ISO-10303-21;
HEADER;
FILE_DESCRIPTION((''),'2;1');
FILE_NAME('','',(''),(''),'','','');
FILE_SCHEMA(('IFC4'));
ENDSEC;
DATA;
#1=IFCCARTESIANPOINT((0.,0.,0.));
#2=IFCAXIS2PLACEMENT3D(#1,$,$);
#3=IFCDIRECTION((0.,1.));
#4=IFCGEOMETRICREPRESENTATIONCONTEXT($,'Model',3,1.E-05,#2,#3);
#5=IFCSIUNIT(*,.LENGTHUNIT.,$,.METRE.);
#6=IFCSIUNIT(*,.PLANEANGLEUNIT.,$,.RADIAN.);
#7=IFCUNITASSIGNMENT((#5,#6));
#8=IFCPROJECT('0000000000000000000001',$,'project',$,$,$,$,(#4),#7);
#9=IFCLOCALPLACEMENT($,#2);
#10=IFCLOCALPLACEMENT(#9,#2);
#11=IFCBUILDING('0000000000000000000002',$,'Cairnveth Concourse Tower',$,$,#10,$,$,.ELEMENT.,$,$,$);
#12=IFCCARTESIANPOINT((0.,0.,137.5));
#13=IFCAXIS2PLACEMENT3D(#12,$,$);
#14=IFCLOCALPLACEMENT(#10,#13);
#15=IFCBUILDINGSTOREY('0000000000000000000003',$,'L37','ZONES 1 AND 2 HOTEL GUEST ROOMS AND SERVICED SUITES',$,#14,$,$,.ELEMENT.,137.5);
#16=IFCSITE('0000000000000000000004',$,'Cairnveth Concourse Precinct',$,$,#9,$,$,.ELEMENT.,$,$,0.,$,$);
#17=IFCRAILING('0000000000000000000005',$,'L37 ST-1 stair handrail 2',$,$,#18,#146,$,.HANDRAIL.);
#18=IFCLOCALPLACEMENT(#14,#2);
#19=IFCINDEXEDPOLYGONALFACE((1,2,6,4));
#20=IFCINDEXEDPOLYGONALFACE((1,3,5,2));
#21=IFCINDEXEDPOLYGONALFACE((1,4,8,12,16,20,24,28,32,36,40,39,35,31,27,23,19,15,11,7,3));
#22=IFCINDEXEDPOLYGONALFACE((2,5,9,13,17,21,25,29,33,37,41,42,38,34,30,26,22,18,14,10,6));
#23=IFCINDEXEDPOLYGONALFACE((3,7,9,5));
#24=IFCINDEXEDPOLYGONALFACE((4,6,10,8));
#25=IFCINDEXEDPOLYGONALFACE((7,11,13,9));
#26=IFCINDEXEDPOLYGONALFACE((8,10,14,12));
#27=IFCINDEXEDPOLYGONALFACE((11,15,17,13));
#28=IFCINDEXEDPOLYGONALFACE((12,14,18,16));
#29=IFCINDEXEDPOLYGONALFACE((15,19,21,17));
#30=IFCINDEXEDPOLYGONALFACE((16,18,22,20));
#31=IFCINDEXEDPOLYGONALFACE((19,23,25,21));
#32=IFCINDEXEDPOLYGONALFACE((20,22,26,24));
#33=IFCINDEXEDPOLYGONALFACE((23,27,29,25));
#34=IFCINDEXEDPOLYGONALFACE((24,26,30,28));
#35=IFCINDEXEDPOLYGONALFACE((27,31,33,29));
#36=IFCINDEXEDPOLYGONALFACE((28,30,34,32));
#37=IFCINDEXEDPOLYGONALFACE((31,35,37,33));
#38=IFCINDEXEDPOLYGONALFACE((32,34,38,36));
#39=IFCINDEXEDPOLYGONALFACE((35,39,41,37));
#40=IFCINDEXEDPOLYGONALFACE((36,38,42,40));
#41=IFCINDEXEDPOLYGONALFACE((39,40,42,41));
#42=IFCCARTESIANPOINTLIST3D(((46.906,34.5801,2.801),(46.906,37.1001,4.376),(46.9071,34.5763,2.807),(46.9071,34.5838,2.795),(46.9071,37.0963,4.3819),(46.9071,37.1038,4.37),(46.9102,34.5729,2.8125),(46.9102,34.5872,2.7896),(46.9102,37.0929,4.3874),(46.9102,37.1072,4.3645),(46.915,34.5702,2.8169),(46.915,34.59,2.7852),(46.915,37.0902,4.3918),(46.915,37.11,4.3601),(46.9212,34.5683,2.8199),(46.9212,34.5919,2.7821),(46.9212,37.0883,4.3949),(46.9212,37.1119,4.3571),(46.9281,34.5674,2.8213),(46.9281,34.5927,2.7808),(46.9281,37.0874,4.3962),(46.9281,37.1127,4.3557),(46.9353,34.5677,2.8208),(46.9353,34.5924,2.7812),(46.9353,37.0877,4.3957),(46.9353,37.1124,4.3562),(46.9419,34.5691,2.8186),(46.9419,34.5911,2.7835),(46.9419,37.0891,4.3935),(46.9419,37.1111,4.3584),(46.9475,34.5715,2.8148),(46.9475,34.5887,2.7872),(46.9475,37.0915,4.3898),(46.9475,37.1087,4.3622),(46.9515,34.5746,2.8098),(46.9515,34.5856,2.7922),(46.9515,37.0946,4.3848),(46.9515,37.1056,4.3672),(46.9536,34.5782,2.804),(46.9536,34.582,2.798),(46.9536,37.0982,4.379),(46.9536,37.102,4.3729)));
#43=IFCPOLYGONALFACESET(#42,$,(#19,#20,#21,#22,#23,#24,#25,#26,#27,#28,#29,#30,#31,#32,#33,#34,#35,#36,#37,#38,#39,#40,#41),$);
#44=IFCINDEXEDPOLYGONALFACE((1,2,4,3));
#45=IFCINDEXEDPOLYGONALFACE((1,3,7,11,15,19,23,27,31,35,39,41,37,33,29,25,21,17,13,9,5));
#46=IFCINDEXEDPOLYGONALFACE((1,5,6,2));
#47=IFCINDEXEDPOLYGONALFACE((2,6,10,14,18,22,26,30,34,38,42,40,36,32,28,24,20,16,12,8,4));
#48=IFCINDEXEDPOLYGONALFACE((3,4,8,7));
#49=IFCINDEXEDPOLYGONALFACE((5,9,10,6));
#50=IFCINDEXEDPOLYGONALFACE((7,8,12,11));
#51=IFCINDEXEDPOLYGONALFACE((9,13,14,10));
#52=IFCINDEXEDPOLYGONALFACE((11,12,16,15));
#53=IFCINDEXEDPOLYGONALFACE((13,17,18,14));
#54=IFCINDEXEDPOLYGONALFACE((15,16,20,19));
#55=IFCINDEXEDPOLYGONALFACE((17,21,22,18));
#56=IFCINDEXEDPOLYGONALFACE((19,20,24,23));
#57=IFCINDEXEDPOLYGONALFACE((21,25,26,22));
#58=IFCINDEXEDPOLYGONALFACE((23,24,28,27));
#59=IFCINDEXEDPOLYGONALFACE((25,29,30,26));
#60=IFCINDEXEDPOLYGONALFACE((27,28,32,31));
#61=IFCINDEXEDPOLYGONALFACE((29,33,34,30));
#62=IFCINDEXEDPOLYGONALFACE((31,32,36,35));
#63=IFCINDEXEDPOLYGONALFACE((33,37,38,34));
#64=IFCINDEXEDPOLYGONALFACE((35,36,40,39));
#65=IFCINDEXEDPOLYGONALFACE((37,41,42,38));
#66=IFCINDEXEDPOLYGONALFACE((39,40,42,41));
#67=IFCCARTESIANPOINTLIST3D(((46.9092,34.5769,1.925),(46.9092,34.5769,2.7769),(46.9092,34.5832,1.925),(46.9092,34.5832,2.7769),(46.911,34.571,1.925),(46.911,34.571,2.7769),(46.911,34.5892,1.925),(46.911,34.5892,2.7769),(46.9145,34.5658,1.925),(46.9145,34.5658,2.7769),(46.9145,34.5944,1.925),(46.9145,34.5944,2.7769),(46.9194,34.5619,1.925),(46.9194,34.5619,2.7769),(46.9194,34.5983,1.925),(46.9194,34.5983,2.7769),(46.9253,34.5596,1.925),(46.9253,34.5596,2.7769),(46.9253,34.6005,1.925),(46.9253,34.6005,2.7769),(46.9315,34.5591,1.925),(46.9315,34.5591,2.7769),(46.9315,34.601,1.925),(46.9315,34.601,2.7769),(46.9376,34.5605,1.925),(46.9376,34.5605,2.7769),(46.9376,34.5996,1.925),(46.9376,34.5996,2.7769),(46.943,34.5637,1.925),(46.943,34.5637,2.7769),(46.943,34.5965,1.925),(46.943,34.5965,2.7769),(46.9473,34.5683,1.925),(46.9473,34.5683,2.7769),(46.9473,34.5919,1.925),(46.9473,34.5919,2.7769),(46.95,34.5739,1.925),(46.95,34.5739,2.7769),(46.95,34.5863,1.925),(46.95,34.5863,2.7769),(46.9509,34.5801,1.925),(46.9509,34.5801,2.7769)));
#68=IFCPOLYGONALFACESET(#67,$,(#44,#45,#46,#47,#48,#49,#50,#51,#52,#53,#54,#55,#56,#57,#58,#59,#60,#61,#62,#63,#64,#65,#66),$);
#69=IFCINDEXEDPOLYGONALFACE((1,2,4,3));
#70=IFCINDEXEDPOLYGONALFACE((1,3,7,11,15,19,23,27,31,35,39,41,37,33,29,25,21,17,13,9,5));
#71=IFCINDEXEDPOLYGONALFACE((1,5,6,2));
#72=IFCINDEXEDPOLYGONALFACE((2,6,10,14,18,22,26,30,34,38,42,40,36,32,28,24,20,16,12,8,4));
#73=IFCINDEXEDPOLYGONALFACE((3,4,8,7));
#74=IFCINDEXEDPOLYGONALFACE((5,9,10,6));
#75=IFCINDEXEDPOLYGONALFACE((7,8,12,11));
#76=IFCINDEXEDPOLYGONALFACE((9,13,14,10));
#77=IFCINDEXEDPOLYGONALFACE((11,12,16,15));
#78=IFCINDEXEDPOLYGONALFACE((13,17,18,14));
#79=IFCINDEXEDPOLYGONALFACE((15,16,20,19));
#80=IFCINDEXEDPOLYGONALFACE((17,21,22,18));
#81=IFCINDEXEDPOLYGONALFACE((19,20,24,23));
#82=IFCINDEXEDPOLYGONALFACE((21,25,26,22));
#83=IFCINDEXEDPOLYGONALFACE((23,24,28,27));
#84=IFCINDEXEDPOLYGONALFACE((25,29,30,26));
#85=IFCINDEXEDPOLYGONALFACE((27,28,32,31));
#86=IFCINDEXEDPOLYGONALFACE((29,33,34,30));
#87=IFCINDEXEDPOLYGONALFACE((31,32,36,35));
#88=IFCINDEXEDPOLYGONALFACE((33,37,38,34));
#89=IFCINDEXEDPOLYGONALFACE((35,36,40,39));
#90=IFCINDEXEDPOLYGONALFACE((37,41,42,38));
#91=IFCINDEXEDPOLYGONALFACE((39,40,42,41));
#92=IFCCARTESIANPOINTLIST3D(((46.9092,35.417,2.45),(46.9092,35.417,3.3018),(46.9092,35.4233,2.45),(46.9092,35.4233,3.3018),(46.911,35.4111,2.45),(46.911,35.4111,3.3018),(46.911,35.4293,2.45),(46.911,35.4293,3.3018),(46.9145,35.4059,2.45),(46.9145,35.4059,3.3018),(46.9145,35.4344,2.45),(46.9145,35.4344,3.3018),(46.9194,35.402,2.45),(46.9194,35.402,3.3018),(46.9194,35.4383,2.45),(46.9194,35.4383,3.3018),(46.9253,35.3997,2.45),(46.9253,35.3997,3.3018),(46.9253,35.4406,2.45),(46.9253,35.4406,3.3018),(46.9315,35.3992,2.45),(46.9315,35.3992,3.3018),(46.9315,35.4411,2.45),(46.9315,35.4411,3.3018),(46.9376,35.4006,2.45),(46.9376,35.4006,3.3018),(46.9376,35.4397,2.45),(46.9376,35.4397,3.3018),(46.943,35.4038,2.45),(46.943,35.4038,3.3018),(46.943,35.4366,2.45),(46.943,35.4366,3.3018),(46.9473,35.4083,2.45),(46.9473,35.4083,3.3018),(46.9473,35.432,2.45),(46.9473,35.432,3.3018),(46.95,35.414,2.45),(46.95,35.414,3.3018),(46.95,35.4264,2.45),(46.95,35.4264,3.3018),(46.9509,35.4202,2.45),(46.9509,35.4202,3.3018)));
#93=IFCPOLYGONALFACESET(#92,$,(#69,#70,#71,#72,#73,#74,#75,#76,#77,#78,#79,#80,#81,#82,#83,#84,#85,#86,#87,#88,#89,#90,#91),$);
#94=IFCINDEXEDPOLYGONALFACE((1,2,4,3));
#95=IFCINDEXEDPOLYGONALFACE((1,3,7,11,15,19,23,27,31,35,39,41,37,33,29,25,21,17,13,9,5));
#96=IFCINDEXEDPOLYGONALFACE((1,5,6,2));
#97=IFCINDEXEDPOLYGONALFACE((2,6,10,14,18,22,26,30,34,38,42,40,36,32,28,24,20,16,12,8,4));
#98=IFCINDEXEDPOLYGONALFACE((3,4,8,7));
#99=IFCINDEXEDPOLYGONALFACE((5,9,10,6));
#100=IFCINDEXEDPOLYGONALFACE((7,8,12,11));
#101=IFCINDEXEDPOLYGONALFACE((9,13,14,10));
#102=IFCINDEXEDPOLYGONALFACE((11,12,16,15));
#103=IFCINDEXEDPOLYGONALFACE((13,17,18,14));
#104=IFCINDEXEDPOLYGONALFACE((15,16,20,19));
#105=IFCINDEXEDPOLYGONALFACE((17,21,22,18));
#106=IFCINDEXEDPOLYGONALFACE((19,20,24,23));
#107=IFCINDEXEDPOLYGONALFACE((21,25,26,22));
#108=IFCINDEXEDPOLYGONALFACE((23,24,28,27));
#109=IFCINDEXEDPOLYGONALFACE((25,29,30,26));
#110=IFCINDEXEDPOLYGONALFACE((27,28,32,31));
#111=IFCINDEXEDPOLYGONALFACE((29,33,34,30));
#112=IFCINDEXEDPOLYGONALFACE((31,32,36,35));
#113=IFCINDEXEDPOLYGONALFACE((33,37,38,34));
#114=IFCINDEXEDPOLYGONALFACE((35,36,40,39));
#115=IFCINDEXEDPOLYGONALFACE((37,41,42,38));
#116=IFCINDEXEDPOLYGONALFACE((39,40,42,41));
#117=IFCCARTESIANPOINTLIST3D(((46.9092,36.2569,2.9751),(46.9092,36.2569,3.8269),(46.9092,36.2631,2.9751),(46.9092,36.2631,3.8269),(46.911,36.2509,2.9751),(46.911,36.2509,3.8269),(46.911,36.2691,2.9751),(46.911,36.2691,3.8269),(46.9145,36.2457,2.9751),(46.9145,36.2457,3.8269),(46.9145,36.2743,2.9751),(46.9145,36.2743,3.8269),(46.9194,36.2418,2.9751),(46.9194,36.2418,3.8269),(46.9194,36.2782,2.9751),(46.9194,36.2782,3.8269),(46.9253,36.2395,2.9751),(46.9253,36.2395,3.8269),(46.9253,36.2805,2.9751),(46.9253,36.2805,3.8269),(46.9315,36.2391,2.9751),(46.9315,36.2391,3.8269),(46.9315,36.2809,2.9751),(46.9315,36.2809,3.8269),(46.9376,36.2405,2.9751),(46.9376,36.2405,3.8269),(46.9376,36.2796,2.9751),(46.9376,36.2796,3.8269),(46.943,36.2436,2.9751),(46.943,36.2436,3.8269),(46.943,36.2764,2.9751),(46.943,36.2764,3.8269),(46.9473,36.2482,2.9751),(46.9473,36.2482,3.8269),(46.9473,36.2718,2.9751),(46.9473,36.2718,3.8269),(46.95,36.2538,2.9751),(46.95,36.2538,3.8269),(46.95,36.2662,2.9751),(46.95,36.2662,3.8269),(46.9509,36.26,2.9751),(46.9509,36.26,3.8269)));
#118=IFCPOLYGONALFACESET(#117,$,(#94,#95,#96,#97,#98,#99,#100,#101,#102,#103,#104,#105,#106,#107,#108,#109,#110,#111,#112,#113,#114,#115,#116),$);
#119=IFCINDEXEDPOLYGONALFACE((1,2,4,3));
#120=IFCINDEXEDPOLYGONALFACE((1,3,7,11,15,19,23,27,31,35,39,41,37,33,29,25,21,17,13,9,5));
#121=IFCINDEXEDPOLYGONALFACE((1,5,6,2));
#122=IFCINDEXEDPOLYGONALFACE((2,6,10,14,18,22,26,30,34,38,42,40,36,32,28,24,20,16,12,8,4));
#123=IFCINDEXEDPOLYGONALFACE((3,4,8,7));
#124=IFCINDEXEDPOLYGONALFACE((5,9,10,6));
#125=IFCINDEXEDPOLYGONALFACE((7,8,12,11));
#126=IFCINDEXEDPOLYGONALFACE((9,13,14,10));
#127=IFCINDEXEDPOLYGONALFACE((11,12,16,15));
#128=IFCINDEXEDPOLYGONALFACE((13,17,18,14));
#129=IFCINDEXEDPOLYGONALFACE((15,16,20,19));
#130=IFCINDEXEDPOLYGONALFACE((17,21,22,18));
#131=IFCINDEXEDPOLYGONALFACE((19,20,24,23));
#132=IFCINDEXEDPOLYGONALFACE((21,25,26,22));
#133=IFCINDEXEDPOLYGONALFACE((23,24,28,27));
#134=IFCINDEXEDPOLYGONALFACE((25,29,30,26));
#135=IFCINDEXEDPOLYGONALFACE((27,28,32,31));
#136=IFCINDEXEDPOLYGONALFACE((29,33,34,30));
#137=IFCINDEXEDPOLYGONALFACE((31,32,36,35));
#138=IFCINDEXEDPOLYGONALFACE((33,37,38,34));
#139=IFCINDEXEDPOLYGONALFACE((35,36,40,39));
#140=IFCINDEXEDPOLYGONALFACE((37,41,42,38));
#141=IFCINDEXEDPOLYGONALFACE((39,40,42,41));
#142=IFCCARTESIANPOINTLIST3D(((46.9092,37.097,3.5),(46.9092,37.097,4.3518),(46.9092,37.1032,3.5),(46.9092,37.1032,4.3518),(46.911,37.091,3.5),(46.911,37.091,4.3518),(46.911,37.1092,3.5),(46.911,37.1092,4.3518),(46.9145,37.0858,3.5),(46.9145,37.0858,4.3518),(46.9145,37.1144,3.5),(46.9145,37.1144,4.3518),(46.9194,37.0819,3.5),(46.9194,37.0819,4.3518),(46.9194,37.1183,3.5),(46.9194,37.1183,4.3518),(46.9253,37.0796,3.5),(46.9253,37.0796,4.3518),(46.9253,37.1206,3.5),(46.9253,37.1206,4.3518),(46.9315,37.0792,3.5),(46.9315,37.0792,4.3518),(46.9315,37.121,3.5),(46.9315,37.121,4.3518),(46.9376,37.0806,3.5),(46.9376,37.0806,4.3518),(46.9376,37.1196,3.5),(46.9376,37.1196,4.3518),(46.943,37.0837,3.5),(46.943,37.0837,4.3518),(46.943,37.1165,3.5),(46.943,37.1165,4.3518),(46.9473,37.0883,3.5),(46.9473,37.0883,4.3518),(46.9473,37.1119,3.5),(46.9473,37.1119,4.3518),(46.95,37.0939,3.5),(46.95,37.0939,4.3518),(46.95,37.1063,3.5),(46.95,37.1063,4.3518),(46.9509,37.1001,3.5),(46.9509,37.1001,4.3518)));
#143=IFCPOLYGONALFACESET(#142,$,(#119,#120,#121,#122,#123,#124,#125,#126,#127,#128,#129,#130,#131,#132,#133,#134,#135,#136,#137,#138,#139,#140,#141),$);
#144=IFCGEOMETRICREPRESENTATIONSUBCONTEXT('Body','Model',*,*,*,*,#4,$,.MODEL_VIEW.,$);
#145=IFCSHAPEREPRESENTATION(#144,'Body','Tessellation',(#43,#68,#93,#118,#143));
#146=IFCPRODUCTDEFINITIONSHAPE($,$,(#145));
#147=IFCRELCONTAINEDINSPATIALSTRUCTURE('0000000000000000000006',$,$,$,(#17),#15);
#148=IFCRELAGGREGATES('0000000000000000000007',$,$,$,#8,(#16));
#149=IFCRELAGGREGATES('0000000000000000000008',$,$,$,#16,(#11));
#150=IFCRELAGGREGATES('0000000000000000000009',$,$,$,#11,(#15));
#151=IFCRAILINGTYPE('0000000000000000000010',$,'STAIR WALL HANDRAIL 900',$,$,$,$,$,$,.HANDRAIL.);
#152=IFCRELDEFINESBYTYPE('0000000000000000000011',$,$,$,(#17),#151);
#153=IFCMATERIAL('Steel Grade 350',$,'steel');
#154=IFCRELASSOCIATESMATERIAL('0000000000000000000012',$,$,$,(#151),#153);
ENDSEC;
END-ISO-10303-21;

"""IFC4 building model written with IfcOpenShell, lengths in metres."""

from ifc_helpers import new_model, si_unit, direction, frame, origin, origin_2d, place, context, subcontext, project, spatial, circle, extrude, material, type_object, element, save


model = new_model("IFC4")

# Units and contexts
model_context = context("Model", 3, precision=1e-05, world=origin(), true_north=direction((0.0, 1.0)))
body_context = subcontext(model_context, "Body", "Model", "MODEL_VIEW")
ifc_project = project(units=[si_unit("LENGTHUNIT", "METRE"), si_unit("PLANEANGLEUNIT", "RADIAN")], contexts=[model_context])

# Site, building, storey
site_placement = place(None, origin())
site = spatial("IfcSite", under=ifc_project, at=site_placement, Name="Cairnveth Concourse Precinct", CompositionType="ELEMENT", RefElevation=0.0)
building_placement = place(site_placement, origin())
building = spatial("IfcBuilding", under=site, at=building_placement, Name="Cairnveth Concourse Tower", CompositionType="ELEMENT")
storey_placement = place(building_placement, frame((0.0, 0.0, 137.5)))
storey = spatial("IfcBuildingStorey", under=building, at=storey_placement, Name="L37", Description="ZONES 1 AND 2 HOTEL GUEST ROOMS AND SERVICED SUITES", CompositionType="ELEMENT", Elevation=137.5)

# Shared definitions
ifc_material_1 = material(Name="Steel Grade 350", Category="steel")

# Railing
railing_type_1 = type_object("IfcRailingType", Name="STAIR WALL HANDRAIL 900", PredefinedType="HANDRAIL", material=ifc_material_1)
railing_1_placement = place(storey_placement, frame((46.9299, 34.5801, 1.925)))
element("IfcRailing", 1, at=railing_1_placement, inside=storey, type_object=railing_type_1, Name="L37 ST-1 stair handrail 2", PredefinedType="HANDRAIL", context=body_context, shape_type="SweptSolid", body=[
    extrude(circle(Radius=0.0239, at=origin_2d()), frame((0.0, 0.0, 0.876), z_axis=(0.0, 0.848008, 0.529984), x_axis=(-1.0, 0.0, 0.0)), (0.0, 0.0, 1.0), 2.9717),
    extrude(circle(Radius=0.021, at=origin_2d()), origin(), (0.0, 0.0, 1.0), 0.8518),
    extrude(circle(Radius=0.021, at=origin_2d()), frame((0.0, 0.8401, 0.5249)), (0.0, 0.0, 1.0), 0.8518),
    extrude(circle(Radius=0.021, at=origin_2d()), frame((0.0, 1.6799, 1.05)), (0.0, 0.0, 1.0), 0.8518),
    extrude(circle(Radius=0.021, at=origin_2d()), frame((0.0, 2.52, 1.575)), (0.0, 0.0, 1.0), 0.8518),
])

save(model, "model.ifc")
